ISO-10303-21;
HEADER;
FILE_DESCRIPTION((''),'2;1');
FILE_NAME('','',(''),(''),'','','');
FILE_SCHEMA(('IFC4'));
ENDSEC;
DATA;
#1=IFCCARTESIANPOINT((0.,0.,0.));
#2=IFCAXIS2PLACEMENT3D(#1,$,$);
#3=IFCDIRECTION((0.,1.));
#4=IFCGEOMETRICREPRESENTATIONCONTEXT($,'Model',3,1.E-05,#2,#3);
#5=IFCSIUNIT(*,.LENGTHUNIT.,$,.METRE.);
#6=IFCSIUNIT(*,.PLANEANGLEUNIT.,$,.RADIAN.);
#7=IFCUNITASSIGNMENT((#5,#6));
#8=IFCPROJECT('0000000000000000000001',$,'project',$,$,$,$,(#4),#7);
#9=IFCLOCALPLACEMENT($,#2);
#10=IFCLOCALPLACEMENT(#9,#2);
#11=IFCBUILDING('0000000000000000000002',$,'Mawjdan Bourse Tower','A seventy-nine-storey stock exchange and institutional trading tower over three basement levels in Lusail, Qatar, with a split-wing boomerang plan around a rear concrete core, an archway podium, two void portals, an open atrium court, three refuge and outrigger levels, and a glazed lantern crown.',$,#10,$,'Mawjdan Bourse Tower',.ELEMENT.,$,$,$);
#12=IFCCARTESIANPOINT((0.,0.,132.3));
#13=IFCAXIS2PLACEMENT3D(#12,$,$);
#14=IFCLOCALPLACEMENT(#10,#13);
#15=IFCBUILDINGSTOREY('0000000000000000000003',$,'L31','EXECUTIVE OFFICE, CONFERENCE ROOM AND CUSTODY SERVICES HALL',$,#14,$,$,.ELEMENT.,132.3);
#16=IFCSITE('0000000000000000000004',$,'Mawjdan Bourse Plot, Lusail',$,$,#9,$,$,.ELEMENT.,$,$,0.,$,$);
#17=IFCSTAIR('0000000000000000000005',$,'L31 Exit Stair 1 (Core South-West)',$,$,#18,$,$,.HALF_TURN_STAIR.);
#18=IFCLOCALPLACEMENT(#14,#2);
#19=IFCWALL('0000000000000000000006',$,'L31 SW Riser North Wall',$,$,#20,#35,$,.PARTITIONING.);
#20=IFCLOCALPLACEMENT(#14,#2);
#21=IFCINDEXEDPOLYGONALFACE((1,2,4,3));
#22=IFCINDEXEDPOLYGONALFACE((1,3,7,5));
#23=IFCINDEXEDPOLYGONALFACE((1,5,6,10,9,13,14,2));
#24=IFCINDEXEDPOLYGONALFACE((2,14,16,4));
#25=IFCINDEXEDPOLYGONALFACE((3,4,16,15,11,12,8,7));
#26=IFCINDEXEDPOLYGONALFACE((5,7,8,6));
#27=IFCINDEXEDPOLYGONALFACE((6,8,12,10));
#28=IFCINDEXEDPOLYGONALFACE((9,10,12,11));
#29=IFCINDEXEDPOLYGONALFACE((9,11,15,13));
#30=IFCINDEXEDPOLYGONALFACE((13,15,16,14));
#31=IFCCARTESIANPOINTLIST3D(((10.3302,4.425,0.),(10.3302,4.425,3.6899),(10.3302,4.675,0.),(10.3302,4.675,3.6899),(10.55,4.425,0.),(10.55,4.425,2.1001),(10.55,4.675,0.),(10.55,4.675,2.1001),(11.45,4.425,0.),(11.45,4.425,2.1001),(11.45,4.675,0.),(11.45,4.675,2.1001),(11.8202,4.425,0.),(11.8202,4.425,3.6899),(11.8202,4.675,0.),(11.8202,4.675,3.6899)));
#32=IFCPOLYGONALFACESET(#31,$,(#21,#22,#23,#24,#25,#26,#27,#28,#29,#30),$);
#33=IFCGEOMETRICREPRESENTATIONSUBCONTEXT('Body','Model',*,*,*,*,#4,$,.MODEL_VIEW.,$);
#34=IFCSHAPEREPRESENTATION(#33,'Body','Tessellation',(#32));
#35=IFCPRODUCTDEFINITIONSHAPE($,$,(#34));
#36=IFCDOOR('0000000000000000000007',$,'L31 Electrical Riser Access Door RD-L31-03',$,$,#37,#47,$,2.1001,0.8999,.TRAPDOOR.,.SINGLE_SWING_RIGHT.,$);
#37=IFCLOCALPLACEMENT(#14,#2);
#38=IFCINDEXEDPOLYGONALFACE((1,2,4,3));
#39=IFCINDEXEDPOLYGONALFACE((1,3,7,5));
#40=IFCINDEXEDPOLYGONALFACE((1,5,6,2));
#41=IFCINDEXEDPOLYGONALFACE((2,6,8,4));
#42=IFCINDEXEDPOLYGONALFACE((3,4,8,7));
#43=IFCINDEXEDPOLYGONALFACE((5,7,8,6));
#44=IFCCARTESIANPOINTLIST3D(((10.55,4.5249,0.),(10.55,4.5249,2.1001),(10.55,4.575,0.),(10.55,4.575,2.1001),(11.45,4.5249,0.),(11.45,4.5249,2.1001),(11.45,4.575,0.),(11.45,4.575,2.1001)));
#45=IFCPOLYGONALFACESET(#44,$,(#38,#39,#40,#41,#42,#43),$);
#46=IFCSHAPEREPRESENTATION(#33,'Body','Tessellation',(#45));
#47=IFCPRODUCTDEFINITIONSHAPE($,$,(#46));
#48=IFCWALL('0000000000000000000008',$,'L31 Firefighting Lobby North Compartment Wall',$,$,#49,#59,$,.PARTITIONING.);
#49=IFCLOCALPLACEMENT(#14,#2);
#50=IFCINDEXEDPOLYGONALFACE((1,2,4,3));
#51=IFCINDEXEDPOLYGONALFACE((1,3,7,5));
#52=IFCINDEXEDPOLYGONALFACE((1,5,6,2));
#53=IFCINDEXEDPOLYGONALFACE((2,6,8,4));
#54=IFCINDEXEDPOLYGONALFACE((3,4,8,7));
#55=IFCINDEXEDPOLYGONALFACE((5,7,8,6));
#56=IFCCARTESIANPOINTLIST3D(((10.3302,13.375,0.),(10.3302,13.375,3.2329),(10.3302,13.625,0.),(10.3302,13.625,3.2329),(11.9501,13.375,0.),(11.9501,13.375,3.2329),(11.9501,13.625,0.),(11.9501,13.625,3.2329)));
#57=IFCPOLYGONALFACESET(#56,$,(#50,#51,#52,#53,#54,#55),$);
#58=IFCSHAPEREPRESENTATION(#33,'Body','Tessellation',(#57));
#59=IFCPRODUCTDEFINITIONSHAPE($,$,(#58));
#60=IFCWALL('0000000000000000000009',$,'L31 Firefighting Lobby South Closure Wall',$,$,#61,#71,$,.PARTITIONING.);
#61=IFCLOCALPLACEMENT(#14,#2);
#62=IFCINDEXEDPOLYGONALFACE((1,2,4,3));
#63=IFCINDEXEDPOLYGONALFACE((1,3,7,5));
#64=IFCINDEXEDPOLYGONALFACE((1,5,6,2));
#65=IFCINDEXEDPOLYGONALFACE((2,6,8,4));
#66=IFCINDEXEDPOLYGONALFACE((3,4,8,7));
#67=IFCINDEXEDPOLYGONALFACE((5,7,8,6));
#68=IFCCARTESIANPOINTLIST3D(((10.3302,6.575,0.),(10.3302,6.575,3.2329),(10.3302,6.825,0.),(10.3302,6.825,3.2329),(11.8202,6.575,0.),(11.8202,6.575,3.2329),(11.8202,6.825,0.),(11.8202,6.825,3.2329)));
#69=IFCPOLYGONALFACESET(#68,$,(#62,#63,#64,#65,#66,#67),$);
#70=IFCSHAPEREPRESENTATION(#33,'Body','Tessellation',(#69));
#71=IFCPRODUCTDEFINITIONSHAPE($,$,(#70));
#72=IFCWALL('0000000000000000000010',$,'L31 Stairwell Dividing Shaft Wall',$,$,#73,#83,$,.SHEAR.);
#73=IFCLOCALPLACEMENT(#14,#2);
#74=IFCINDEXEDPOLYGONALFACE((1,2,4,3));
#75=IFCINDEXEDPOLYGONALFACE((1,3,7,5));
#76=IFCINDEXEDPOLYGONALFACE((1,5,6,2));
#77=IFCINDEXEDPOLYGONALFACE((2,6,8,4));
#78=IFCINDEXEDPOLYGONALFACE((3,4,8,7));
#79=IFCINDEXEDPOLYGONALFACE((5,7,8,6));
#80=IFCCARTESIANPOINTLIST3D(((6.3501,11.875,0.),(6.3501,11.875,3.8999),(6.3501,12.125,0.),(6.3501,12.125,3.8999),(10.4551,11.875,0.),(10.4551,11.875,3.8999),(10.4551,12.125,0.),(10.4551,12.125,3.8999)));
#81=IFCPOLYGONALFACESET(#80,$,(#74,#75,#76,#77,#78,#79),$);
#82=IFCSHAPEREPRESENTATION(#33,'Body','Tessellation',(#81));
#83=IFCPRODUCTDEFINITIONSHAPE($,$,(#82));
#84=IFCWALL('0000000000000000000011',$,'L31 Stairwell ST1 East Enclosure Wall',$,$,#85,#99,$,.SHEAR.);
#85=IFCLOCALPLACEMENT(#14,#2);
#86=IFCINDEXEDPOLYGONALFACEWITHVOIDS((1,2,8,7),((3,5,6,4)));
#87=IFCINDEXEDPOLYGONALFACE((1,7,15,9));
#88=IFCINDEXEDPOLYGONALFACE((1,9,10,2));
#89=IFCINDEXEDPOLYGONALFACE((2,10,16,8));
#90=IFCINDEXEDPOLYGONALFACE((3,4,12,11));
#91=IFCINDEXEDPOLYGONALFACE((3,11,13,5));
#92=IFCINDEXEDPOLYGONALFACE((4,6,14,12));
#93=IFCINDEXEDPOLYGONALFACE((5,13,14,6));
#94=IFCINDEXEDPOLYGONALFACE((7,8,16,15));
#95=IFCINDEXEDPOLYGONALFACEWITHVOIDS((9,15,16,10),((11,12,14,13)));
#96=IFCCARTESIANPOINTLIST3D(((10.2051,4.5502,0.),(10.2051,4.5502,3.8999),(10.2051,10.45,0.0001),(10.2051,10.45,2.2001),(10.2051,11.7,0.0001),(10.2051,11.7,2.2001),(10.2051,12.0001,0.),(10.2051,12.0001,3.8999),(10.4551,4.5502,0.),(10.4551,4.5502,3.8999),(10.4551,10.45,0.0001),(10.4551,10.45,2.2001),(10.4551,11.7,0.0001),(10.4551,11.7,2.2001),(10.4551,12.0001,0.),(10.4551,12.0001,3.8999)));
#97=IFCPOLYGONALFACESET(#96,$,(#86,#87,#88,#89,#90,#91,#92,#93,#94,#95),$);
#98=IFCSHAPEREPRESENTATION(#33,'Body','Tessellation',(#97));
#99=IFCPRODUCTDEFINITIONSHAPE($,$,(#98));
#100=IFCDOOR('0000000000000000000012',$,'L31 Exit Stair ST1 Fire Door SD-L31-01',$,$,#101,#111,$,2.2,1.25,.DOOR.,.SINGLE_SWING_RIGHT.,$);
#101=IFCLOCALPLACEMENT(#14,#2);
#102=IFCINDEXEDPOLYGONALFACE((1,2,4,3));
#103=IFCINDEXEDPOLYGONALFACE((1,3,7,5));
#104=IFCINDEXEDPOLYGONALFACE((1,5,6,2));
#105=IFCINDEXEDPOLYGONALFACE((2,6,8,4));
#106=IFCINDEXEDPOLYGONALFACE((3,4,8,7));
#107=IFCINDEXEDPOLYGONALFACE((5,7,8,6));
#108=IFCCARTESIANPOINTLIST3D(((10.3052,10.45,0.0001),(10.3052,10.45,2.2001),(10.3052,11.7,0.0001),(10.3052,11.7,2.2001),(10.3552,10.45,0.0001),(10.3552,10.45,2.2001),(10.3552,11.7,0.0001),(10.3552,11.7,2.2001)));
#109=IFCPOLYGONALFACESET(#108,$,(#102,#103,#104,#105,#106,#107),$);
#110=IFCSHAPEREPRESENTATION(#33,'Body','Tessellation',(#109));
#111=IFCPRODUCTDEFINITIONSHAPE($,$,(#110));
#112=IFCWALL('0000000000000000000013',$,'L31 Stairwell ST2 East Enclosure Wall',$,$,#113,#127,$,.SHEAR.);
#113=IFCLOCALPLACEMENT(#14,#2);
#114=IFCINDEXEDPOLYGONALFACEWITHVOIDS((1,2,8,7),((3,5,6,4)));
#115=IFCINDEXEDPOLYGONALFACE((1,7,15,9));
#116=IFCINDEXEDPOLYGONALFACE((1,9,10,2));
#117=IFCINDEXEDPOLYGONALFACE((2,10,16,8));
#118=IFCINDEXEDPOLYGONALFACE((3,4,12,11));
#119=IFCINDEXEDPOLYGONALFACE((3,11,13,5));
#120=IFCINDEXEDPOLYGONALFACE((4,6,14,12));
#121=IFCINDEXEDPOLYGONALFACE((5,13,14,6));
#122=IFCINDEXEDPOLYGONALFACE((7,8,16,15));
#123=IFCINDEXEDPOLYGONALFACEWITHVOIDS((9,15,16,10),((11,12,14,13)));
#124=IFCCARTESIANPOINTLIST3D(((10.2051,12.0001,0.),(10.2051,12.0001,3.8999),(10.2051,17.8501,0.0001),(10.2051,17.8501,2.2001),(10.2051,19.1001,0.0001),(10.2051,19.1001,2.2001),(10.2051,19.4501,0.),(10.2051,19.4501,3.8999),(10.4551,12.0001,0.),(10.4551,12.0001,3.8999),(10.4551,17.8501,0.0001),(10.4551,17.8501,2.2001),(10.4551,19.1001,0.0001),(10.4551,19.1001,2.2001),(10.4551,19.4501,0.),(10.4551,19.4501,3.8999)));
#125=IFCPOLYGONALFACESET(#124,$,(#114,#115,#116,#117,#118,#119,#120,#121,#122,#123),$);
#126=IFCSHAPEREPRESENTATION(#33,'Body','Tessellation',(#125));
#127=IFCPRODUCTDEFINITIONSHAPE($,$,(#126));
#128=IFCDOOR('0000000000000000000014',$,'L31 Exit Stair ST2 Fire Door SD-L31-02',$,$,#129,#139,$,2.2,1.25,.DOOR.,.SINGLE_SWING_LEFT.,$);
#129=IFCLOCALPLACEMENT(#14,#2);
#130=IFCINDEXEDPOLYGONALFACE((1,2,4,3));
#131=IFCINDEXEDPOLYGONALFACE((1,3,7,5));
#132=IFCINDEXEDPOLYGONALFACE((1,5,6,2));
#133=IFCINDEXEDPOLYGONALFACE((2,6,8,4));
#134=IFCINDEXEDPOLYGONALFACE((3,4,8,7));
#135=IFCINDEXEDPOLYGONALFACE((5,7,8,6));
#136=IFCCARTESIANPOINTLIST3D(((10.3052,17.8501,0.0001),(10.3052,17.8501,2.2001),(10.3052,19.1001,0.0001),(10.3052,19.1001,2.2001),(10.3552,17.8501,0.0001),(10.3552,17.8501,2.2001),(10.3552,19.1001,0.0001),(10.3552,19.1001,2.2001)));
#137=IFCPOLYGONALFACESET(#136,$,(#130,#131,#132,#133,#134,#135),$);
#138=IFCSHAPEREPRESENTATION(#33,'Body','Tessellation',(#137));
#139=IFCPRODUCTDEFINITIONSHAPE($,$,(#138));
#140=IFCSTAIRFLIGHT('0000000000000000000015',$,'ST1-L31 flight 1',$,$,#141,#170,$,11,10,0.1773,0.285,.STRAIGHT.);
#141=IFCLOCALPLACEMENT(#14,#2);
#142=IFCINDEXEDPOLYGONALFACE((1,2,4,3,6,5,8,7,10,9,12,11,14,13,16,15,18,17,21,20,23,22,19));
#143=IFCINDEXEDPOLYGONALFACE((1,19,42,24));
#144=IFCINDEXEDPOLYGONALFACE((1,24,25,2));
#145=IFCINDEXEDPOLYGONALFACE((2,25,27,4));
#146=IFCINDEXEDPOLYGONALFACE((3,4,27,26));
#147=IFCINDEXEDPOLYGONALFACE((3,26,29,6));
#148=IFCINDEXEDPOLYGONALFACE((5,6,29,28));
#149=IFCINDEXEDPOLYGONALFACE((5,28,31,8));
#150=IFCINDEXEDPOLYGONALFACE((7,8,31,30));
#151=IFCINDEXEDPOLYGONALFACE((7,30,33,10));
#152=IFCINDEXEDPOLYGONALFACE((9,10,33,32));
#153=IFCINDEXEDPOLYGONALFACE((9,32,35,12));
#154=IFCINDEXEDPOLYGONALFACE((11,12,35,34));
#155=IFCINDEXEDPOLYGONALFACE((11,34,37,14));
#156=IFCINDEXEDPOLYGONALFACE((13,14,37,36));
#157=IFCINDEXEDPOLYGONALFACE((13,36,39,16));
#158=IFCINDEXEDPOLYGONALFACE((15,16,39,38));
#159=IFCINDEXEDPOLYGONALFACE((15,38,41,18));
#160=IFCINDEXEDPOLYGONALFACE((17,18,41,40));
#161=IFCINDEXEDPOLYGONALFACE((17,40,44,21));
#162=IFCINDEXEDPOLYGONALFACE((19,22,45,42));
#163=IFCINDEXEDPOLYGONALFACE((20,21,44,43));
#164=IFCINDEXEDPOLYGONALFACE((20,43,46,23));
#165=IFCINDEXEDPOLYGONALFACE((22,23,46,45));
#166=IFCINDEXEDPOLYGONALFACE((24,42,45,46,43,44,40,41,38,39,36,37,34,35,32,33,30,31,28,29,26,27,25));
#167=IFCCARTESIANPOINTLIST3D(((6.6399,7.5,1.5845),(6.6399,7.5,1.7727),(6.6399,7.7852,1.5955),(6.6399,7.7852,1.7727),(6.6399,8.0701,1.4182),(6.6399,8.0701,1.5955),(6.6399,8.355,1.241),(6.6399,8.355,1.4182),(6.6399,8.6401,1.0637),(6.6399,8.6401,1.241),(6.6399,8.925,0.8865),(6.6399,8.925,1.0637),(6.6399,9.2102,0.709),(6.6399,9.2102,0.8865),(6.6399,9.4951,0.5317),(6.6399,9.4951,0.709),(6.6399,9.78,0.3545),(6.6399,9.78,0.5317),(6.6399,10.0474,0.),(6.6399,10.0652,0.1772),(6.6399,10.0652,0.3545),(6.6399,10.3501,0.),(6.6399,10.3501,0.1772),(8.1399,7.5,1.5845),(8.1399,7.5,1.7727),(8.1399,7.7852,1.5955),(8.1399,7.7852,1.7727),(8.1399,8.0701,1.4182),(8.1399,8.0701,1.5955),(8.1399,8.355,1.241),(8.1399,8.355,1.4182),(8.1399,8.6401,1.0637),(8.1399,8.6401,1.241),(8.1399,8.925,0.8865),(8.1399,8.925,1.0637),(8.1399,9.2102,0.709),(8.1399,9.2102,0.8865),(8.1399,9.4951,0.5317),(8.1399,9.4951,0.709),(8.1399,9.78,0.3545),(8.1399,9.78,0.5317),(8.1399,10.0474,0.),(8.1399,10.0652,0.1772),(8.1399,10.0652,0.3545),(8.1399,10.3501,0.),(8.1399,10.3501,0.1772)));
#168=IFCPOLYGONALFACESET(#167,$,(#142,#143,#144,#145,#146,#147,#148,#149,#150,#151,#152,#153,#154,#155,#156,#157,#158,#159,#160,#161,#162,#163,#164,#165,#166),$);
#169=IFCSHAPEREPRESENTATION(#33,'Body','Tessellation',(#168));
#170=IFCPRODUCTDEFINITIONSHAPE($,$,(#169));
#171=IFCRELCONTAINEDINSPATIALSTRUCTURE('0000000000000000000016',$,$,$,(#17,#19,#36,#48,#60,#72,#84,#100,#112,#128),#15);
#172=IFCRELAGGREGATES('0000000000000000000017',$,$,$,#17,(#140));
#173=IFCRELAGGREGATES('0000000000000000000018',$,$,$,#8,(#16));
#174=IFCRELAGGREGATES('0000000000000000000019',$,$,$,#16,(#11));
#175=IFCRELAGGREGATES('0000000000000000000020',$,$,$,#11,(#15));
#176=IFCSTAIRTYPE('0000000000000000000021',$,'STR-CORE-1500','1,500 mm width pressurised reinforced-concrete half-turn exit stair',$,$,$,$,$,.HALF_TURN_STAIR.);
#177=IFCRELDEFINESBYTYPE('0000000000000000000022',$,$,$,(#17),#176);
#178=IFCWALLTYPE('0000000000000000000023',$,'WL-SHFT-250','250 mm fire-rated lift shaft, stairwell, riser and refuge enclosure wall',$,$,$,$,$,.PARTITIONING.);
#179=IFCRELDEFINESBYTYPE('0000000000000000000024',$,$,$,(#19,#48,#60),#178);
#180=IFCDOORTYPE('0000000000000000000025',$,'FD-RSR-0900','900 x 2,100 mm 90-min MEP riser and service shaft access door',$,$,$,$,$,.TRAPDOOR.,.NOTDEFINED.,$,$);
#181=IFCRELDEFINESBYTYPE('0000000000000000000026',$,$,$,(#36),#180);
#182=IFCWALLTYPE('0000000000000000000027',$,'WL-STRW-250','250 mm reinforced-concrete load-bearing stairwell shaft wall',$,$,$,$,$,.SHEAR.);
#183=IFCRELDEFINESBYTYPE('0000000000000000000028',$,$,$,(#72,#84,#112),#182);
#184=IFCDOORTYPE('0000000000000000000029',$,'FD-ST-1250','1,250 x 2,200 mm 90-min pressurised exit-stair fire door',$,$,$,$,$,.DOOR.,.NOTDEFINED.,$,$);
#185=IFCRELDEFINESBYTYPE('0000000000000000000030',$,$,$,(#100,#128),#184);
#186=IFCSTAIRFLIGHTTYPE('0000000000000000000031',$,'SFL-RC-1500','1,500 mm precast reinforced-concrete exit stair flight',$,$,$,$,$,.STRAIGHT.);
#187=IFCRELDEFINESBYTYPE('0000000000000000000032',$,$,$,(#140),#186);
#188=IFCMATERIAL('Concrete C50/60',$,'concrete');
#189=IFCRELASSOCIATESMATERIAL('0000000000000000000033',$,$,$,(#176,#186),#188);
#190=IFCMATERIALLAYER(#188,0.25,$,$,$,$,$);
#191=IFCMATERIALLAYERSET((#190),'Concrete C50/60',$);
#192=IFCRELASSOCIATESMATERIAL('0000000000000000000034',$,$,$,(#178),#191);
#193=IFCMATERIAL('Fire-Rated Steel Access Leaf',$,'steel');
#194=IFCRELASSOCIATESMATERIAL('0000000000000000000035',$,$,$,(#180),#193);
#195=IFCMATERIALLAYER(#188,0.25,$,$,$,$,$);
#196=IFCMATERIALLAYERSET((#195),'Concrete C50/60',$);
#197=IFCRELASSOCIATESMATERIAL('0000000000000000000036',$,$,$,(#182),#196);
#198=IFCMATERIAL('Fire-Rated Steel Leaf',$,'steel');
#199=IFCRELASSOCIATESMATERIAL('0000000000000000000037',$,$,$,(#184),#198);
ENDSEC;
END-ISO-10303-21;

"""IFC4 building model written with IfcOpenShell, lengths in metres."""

from ifc_helpers import new_model, si_unit, direction, frame, frame_2d, origin, place, context, subcontext, project, spatial, polyline, rectangle, outline, extrude, material, layer, layer_set, type_object, element, fill, aggregate, save


model = new_model("IFC4")

# Units and contexts
model_context = context("Model", 3, precision=1e-05, world=origin(), true_north=direction((0.0, 1.0)))
body_context = subcontext(model_context, "Body", "Model", "MODEL_VIEW")
ifc_project = project(units=[si_unit("LENGTHUNIT", "METRE"), si_unit("PLANEANGLEUNIT", "RADIAN")], contexts=[model_context])

# Site, building, storey
site_placement = place(None, origin())
site = spatial("IfcSite", under=ifc_project, at=site_placement, Name="Mawjdan Bourse Plot, Lusail", CompositionType="ELEMENT", RefElevation=0.0)
building_placement = place(site_placement, origin())
building = spatial("IfcBuilding", under=site, at=building_placement, Name="Mawjdan Bourse Tower", Description="A seventy-nine-storey stock exchange and institutional trading tower over three basement levels in Lusail, Qatar, with a split-wing boomerang plan around a rear concrete core, an archway podium, two void portals, an open atrium court, three refuge and outrigger levels, and a glazed lantern crown.", LongName="Mawjdan Bourse Tower", CompositionType="ELEMENT")
storey_placement = place(building_placement, frame((0.0, 0.0, 132.3)))
storey = spatial("IfcBuildingStorey", under=building, at=storey_placement, Name="L31", Description="EXECUTIVE OFFICE, CONFERENCE ROOM AND CUSTODY SERVICES HALL", CompositionType="ELEMENT", Elevation=132.3)

# Stair
ifc_material_1 = material(Name="Concrete C50/60", Category="concrete")
stair_type = type_object("IfcStairType", Name="STR-CORE-1500", Description="1,500 mm width pressurised reinforced-concrete half-turn exit stair", PredefinedType="HALF_TURN_STAIR", material=ifc_material_1)
stair_1_placement = place(storey_placement, origin())
stair_1 = element("IfcStair", 1, at=stair_1_placement, inside=storey, type_object=stair_type, Name="L31 Exit Stair 1 (Core South-West)", PredefinedType="HALF_TURN_STAIR")

# Wall, opening, door
ifc_layer_1 = layer(ifc_material_1, 0.25)
ifc_layer_set_1 = layer_set([ifc_layer_1], Name="Concrete C50/60")
wall_type_1 = type_object("IfcWallType", Name="WL-SHFT-250", Description="250 mm fire-rated lift shaft, stairwell, riser and refuge enclosure wall", PredefinedType="PARTITIONING", material=ifc_layer_set_1)
wall_1_placement = place(storey_placement, frame((10.3301, 4.55, 0.0), z_axis=(0.0, 0.0, 1.0), x_axis=(1.0, 0.0, 0.0)))
wall_1 = element("IfcWall", 2, at=wall_1_placement, inside=storey, type_object=wall_type_1, Name="L31 SW Riser North Wall", PredefinedType="PARTITIONING", context=body_context, shape_type="SweptSolid", body=[
    extrude(rectangle(XDim=1.49, YDim=0.25, at=frame_2d((0.7451, 0.0))), origin(), (0.0, 0.0, 1.0), 3.6899),
])
opening_1_placement = place(wall_1_placement, frame((0.22, 0.0, 0.0)))
opening_1 = element("IfcOpeningElement", 3, at=opening_1_placement, cuts=wall_1, PredefinedType="OPENING", context=body_context, shape_type="SweptSolid", body=[
    extrude(rectangle(XDim=0.8999, YDim=2.1001, at=frame_2d((0.45, 1.05))), frame((0.0, 0.135, 0.0), z_axis=(0.0, -1.0, 0.0), x_axis=(1.0, 0.0, 0.0)), (0.0, 0.0, 1.0), 0.27),
])
ifc_material_2 = material(Name="Fire-Rated Steel Access Leaf", Category="steel")
door_type_1 = type_object("IfcDoorType", Name="FD-RSR-0900", Description="900 x 2,100 mm 90-min MEP riser and service shaft access door", OperationType="NOTDEFINED", PredefinedType="TRAPDOOR", material=ifc_material_2)
door_1_placement = place(opening_1_placement, origin())
door_1 = element("IfcDoor", 4, at=door_1_placement, inside=storey, type_object=door_type_1, Name="L31 Electrical Riser Access Door RD-L31-03", OperationType="SINGLE_SWING_RIGHT", OverallHeight=2.1001, OverallWidth=0.8999, PredefinedType="TRAPDOOR", context=body_context, shape_type="SweptSolid", body=[
    extrude(rectangle(XDim=0.8999, YDim=2.1001, at=frame_2d((0.45, 1.05))), frame((0.0, 0.0249, 0.0), z_axis=(0.0, -1.0, 0.0), x_axis=(1.0, 0.0, 0.0)), (0.0, 0.0, 1.0), 0.05),
])
fill(opening_1, door_1)

# Walls
wall_2_placement = place(storey_placement, frame((10.3301, 13.5, 0.0), z_axis=(0.0, 0.0, 1.0), x_axis=(1.0, 0.0, 0.0)))
element("IfcWall", 5, at=wall_2_placement, inside=storey, type_object=wall_type_1, Name="L31 Firefighting Lobby North Compartment Wall", PredefinedType="PARTITIONING", context=body_context, shape_type="SweptSolid", body=[
    extrude(rectangle(XDim=1.6199, YDim=0.25, at=frame_2d((0.8101, 0.0))), origin(), (0.0, 0.0, 1.0), 3.2329),
])
wall_3_placement = place(storey_placement, frame((10.3301, 6.7, 0.0), z_axis=(0.0, 0.0, 1.0), x_axis=(1.0, 0.0, 0.0)))
element("IfcWall", 6, at=wall_3_placement, inside=storey, type_object=wall_type_1, Name="L31 Firefighting Lobby South Closure Wall", PredefinedType="PARTITIONING", context=body_context, shape_type="SweptSolid", body=[
    extrude(rectangle(XDim=1.49, YDim=0.25, at=frame_2d((0.7451, 0.0))), origin(), (0.0, 0.0, 1.0), 3.2329),
])
ifc_layer_2 = layer(ifc_material_1, 0.25)
ifc_layer_set_2 = layer_set([ifc_layer_2], Name="Concrete C50/60")
wall_type_2 = type_object("IfcWallType", Name="WL-STRW-250", Description="250 mm reinforced-concrete load-bearing stairwell shaft wall", PredefinedType="SHEAR", material=ifc_layer_set_2)
wall_4_placement = place(storey_placement, frame((6.3501, 12.0, 0.0), z_axis=(0.0, 0.0, 1.0), x_axis=(1.0, 0.0, 0.0)))
element("IfcWall", 7, at=wall_4_placement, inside=storey, type_object=wall_type_2, Name="L31 Stairwell Dividing Shaft Wall", PredefinedType="SHEAR", context=body_context, shape_type="SweptSolid", body=[
    extrude(rectangle(XDim=4.105, YDim=0.25, at=frame_2d((2.0525, 0.0))), origin(), (0.0, 0.0, 1.0), 3.8999),
])

# Walls, openings, doors
wall_5_placement = place(storey_placement, frame((10.3301, 4.55, 0.0), z_axis=(0.0, 0.0, 1.0), x_axis=(0.0, 1.0, 0.0)))
wall_5 = element("IfcWall", 8, at=wall_5_placement, inside=storey, type_object=wall_type_2, Name="L31 Stairwell ST1 East Enclosure Wall", PredefinedType="SHEAR", context=body_context, shape_type="SweptSolid", body=[
    extrude(rectangle(XDim=7.45, YDim=0.25, at=frame_2d((3.7251, 0.0))), origin(), (0.0, 0.0, 1.0), 3.8999),
])
opening_2_placement = place(wall_5_placement, frame((5.8999, 0.0, 0.0)))
opening_2 = element("IfcOpeningElement", 9, at=opening_2_placement, cuts=wall_5, PredefinedType="OPENING", context=body_context, shape_type="SweptSolid", body=[
    extrude(rectangle(XDim=1.25, YDim=2.2, at=frame_2d((0.625, 1.1001))), frame((0.0, 0.135, 0.0), z_axis=(0.0, -1.0, 0.0), x_axis=(1.0, 0.0, 0.0)), (0.0, 0.0, 1.0), 0.27),
])
ifc_material_3 = material(Name="Fire-Rated Steel Leaf", Category="steel")
door_type_2 = type_object("IfcDoorType", Name="FD-ST-1250", Description="1,250 x 2,200 mm 90-min pressurised exit-stair fire door", OperationType="NOTDEFINED", PredefinedType="DOOR", material=ifc_material_3)
door_2_placement = place(opening_2_placement, origin())
door_2 = element("IfcDoor", 10, at=door_2_placement, inside=storey, type_object=door_type_2, Name="L31 Exit Stair ST1 Fire Door SD-L31-01", OperationType="SINGLE_SWING_RIGHT", OverallHeight=2.2, OverallWidth=1.25, PredefinedType="DOOR", context=body_context, shape_type="SweptSolid", body=[
    extrude(rectangle(XDim=1.25, YDim=2.2, at=frame_2d((0.625, 1.1001))), frame((0.0, 0.0249, 0.0), z_axis=(0.0, -1.0, 0.0), x_axis=(1.0, 0.0, 0.0)), (0.0, 0.0, 1.0), 0.05),
])
fill(opening_2, door_2)
wall_6_placement = place(storey_placement, frame((10.3301, 12.0, 0.0), z_axis=(0.0, 0.0, 1.0), x_axis=(0.0, 1.0, 0.0)))
wall_6 = element("IfcWall", 11, at=wall_6_placement, inside=storey, type_object=wall_type_2, Name="L31 Stairwell ST2 East Enclosure Wall", PredefinedType="SHEAR", context=body_context, shape_type="SweptSolid", body=[
    extrude(rectangle(XDim=7.45, YDim=0.25, at=frame_2d((3.7251, 0.0))), origin(), (0.0, 0.0, 1.0), 3.8999),
])
opening_3_placement = place(wall_6_placement, frame((5.8501, 0.0, 0.0)))
opening_3 = element("IfcOpeningElement", 12, at=opening_3_placement, cuts=wall_6, PredefinedType="OPENING", context=body_context, shape_type="SweptSolid", body=[
    extrude(rectangle(XDim=1.25, YDim=2.2, at=frame_2d((0.625, 1.1001))), frame((0.0, 0.135, 0.0), z_axis=(0.0, -1.0, 0.0), x_axis=(1.0, 0.0, 0.0)), (0.0, 0.0, 1.0), 0.27),
])
door_3_placement = place(opening_3_placement, origin())
door_3 = element("IfcDoor", 13, at=door_3_placement, inside=storey, type_object=door_type_2, Name="L31 Exit Stair ST2 Fire Door SD-L31-02", OperationType="SINGLE_SWING_LEFT", OverallHeight=2.2, OverallWidth=1.25, PredefinedType="DOOR", context=body_context, shape_type="SweptSolid", body=[
    extrude(rectangle(XDim=1.25, YDim=2.2, at=frame_2d((0.625, 1.1001))), frame((0.0, 0.0249, 0.0), z_axis=(0.0, -1.0, 0.0), x_axis=(1.0, 0.0, 0.0)), (0.0, 0.0, 1.0), 0.05),
])
fill(opening_3, door_3)

# Stair flight
stair_flight_type = type_object("IfcStairFlightType", Name="SFL-RC-1500", Description="1,500 mm precast reinforced-concrete exit stair flight", PredefinedType="STRAIGHT", material=ifc_material_1)
stair_flight_1_placement = place(storey_placement, frame((7.3899, 10.3501, 0.0), z_axis=(0.0, 0.0, 1.0), x_axis=(0.0, -1.0, 0.0)))
stair_flight_1 = element("IfcStairFlight", 14, at=stair_flight_1_placement, type_object=stair_flight_type, Name="ST1-L31 flight 1", NumberOfRisers=11, NumberOfTreads=10, PredefinedType="STRAIGHT", RiserHeight=0.1773, TreadLength=0.285, context=body_context, shape_type="SweptSolid", body=[
    extrude(outline(polyline([(0.0, 0.0), (0.0, 0.1772), (0.2849, 0.1772), (0.2849, 0.3545), (0.5701, 0.3545), (0.5701, 0.5317), (0.855, 0.5317), (0.855, 0.709), (1.1399, 0.709), (1.1399, 0.8865), (1.425, 0.8865), (1.425, 1.0637), (1.71, 1.0637), (1.71, 1.241), (1.9951, 1.241), (1.9951, 1.4182), (2.28, 1.4182), (2.28, 1.5955), (2.5649, 1.5955), (2.5649, 1.7727), (2.8501, 1.7727), (2.8501, 1.95), (2.8501, 1.5845), (0.3027, 0.0), (0.0, 0.0)])), frame((0.0, 0.75, 0.0), z_axis=(0.0, -1.0, 0.0), x_axis=(1.0, 0.0, 0.0)), (0.0, 0.0, 1.0), 1.5),
])
aggregate(stair_1, [stair_flight_1])

save(model, "model.ifc")
